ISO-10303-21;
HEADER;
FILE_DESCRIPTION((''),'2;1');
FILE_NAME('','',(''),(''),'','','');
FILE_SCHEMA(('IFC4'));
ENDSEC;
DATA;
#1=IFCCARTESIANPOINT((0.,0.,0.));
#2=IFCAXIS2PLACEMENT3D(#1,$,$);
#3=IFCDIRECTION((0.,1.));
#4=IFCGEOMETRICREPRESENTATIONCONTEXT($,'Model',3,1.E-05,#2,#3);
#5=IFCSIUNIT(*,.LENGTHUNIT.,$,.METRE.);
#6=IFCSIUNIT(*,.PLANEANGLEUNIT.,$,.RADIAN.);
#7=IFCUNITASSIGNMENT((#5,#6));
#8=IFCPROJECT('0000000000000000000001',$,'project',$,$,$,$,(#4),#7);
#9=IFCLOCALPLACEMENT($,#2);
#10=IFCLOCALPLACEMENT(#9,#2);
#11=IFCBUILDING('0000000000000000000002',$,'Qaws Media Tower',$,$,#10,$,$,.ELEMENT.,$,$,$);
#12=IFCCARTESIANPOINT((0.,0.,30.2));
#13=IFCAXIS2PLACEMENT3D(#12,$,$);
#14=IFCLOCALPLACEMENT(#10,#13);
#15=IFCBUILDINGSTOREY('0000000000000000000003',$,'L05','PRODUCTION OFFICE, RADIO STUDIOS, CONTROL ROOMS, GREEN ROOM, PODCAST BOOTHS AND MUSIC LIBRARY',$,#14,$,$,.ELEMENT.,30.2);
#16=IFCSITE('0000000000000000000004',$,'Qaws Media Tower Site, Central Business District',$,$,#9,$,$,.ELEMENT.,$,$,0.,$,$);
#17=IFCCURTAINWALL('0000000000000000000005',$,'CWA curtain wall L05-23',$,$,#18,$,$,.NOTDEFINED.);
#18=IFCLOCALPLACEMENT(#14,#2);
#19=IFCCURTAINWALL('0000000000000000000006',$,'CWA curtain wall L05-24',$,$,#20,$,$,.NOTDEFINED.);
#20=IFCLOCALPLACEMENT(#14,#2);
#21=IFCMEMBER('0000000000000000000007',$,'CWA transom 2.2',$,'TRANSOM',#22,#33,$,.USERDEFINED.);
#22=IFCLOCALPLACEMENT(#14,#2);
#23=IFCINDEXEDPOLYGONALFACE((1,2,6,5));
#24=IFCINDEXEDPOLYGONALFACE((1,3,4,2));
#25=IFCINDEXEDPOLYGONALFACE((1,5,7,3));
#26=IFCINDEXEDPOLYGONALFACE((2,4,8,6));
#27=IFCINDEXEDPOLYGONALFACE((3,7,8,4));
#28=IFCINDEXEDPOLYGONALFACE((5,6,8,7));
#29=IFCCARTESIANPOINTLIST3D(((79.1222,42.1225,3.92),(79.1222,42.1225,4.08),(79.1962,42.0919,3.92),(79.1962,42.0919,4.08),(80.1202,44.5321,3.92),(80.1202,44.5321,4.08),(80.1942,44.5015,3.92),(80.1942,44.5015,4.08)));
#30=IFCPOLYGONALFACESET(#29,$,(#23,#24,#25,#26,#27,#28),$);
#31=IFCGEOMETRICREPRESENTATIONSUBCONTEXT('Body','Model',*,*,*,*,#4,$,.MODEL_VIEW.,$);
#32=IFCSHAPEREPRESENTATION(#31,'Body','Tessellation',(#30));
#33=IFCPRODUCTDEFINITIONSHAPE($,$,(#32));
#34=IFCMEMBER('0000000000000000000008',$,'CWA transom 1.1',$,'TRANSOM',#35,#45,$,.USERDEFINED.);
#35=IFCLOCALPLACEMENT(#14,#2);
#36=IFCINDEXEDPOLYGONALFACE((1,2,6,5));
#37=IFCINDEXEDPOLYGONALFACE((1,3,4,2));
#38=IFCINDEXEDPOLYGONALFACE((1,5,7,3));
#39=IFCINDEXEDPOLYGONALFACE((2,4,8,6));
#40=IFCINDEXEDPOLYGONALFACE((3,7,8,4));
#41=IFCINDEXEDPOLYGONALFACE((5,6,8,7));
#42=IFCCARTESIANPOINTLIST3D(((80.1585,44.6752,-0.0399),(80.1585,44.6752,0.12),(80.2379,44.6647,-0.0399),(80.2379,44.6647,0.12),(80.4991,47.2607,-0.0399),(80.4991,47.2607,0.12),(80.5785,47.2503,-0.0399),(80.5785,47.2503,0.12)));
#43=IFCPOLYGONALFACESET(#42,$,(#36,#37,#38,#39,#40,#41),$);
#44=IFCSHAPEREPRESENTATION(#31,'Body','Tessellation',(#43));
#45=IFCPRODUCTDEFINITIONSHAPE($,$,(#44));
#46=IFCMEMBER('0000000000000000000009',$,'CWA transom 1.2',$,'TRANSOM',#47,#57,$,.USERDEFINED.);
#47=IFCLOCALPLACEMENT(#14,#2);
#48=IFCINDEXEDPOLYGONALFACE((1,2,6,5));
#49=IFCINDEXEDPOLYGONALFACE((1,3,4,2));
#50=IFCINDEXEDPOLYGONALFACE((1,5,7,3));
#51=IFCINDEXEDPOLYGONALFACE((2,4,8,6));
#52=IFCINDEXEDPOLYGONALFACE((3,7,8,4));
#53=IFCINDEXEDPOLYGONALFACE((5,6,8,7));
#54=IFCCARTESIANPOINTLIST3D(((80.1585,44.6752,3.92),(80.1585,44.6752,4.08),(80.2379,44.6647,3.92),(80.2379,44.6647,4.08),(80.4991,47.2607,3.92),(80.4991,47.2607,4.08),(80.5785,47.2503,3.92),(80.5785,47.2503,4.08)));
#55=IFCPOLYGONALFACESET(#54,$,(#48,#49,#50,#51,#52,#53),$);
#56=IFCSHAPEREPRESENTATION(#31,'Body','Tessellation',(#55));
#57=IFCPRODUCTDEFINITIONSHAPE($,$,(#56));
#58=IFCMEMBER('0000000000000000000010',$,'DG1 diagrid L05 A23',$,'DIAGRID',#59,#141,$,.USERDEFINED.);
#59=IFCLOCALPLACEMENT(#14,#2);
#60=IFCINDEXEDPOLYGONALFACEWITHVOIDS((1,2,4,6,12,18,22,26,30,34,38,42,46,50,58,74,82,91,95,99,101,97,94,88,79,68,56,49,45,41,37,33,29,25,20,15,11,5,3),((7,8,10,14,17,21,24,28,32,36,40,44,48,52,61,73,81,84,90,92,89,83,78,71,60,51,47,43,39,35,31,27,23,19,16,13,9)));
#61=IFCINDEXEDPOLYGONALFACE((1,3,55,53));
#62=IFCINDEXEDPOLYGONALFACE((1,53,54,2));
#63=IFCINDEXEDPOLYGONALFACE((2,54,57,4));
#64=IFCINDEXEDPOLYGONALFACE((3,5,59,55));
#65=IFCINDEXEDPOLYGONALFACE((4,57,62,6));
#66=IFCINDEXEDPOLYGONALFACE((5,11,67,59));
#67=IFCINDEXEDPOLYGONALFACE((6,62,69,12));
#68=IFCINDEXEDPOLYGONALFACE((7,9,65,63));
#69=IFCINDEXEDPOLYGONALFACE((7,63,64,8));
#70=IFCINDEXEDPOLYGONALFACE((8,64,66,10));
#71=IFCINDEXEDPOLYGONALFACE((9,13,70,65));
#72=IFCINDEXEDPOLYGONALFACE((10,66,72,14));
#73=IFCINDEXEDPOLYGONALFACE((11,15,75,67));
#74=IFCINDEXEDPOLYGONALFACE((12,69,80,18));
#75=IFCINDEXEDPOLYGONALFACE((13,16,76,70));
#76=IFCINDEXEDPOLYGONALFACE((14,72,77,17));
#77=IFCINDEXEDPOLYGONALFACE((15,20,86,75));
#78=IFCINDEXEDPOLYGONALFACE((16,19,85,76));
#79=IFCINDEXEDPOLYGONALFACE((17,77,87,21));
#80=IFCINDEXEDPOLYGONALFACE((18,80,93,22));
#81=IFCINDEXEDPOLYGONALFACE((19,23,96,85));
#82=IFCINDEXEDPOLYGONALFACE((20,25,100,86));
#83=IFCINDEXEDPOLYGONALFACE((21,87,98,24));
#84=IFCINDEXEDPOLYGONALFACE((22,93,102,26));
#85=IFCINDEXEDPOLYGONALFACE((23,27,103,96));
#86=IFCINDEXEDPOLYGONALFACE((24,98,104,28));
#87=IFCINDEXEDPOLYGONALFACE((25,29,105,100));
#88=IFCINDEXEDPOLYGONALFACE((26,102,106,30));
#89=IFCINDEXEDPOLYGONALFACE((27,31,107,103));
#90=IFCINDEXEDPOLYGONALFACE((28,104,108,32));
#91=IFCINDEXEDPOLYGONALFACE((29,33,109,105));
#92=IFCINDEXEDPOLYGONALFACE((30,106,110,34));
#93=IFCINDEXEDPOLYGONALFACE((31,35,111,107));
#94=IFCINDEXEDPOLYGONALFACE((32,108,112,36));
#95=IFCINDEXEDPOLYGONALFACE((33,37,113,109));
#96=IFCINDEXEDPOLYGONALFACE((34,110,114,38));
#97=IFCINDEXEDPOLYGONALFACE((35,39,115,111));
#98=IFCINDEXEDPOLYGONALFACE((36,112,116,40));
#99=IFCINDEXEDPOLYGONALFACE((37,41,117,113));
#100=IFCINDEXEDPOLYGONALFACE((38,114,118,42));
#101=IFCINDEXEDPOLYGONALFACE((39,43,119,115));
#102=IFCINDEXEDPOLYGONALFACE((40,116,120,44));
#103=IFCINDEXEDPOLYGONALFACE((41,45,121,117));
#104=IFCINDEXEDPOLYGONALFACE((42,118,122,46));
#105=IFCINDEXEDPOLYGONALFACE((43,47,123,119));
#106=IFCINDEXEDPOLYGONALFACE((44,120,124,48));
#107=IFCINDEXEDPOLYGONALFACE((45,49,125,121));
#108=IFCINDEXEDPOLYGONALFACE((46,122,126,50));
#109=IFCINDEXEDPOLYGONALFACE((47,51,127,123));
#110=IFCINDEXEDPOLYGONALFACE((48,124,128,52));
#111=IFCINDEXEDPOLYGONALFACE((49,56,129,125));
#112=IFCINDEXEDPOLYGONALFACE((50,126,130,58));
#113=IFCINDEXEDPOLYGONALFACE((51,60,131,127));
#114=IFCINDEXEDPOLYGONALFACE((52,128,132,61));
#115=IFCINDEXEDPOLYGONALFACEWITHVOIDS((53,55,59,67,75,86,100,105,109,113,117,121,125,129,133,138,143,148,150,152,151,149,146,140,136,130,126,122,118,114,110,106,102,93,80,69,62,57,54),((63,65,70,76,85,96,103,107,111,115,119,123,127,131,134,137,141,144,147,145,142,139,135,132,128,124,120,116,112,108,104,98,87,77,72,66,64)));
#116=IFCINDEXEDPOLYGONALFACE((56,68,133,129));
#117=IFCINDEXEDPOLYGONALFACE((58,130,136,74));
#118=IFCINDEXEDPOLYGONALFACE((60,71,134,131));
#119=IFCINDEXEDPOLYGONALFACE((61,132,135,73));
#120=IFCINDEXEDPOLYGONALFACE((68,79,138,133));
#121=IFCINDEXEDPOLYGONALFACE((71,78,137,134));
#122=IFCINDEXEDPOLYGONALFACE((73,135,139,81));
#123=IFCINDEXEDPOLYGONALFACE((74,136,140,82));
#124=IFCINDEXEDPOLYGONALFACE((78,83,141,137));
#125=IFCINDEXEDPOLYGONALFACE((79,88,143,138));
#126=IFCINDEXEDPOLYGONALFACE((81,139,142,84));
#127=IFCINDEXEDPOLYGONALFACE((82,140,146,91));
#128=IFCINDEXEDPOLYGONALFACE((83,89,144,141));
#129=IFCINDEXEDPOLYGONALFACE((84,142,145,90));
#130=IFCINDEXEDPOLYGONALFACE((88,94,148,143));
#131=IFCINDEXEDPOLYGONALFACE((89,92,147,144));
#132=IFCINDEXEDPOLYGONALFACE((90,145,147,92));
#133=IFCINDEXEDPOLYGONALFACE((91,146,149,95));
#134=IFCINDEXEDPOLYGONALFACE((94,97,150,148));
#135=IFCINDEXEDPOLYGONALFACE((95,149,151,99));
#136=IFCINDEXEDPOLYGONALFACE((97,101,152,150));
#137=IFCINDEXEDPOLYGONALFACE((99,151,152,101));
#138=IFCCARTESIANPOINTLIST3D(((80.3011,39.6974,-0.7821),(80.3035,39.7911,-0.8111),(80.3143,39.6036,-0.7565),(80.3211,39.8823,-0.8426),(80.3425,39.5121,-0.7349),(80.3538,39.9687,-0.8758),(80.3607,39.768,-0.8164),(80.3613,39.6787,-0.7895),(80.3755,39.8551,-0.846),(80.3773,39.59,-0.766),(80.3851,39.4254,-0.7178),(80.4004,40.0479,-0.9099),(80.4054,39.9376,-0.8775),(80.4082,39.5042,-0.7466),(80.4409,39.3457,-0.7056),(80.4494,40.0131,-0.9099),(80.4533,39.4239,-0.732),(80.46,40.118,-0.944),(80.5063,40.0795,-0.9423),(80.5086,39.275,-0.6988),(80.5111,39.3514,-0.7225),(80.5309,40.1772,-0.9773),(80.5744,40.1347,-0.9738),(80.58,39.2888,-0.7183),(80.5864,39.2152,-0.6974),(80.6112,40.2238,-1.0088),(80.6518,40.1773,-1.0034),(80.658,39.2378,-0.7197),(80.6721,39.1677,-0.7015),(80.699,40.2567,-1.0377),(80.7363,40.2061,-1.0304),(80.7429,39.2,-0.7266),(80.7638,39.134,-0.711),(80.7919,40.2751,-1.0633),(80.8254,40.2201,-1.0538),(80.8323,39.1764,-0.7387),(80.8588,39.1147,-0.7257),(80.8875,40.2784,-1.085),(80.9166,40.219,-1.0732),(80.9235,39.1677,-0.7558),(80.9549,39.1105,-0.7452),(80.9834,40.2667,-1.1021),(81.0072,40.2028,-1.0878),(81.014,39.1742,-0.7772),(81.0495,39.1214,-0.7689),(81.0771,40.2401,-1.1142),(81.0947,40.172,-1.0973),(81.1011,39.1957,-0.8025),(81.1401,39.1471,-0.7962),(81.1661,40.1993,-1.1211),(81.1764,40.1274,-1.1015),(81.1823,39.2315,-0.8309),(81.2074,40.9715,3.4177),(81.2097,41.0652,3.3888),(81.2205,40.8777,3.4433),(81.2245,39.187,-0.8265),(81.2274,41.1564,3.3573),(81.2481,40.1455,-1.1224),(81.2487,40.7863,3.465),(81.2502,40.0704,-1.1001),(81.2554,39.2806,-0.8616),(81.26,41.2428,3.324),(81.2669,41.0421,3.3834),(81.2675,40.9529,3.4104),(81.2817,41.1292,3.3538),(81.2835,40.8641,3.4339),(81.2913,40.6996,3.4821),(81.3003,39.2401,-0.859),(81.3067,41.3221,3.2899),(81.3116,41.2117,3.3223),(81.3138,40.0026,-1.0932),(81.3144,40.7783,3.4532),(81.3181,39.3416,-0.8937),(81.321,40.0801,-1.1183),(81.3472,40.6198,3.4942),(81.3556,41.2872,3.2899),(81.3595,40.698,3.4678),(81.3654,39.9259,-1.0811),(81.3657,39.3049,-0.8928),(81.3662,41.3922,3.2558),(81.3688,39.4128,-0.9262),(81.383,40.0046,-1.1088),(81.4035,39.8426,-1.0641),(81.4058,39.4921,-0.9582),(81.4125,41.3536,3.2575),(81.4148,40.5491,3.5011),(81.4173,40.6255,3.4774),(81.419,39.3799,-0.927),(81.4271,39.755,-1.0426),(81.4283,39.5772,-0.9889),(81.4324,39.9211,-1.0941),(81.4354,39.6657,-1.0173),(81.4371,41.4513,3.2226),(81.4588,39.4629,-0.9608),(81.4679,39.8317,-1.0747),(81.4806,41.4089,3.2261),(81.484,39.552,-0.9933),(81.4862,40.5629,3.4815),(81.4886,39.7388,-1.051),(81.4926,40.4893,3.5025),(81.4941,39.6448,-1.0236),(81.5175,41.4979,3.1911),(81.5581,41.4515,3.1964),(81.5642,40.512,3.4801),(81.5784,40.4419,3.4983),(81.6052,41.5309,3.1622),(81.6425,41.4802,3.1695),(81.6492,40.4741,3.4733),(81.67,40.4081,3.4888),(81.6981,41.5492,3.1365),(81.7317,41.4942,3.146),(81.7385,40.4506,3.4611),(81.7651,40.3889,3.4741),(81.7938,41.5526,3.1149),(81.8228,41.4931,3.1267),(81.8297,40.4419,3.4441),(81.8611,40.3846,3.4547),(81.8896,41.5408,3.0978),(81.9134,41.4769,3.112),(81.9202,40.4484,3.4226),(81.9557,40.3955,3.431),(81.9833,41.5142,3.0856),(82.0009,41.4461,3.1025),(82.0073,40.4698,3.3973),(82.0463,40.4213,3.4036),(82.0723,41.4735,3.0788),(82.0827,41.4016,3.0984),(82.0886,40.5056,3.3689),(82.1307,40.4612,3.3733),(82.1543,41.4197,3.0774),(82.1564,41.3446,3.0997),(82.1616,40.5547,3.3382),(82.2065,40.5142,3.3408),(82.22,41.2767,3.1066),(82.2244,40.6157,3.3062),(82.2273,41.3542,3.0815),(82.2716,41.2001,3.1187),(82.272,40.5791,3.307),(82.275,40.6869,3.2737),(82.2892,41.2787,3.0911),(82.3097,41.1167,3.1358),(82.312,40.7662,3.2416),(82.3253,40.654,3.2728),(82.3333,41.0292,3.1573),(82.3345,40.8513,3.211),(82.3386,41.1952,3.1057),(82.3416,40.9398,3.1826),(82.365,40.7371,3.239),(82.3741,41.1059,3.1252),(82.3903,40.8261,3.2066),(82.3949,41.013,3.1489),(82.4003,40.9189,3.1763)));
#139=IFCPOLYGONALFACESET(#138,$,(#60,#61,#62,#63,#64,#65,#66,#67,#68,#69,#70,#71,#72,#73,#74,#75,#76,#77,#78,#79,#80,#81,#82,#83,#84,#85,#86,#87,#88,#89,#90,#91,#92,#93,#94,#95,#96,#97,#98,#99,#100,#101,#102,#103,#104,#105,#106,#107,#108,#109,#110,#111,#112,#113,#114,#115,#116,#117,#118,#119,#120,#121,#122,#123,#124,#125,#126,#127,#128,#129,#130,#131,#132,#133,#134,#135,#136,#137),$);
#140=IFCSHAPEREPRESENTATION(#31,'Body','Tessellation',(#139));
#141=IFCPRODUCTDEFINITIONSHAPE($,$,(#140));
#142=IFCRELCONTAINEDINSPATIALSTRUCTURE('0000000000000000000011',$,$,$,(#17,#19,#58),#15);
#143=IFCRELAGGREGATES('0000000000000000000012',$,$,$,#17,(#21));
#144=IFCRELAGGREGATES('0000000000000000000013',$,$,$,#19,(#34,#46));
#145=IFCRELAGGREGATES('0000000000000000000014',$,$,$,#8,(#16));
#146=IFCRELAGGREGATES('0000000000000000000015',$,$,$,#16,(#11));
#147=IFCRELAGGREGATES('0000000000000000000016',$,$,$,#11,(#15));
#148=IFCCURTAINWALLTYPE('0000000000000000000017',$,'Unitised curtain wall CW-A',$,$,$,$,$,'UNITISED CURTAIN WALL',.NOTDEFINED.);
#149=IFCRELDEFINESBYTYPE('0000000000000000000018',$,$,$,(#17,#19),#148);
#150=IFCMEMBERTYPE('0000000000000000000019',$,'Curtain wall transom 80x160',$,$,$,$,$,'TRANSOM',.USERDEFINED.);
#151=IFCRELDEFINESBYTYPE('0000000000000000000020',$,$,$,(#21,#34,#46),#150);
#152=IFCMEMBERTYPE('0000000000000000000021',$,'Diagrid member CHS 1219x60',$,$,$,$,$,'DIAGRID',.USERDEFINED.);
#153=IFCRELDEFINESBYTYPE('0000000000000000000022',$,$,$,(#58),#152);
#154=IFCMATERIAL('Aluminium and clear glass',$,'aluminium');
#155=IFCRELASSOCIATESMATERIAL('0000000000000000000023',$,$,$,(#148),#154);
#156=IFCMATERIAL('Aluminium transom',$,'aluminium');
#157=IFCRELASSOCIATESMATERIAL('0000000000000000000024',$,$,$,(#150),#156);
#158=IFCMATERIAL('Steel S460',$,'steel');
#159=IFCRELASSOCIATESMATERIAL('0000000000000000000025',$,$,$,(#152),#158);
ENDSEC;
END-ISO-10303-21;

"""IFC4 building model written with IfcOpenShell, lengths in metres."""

from ifc_helpers import new_model, si_unit, direction, frame, origin, origin_2d, place, context, subcontext, project, spatial, rectangle, hollow_circle, extrude, material, material_profile, profile_set, type_object, element, aggregate, save


model = new_model("IFC4")

# Units and contexts
model_context = context("Model", 3, precision=1e-05, world=origin(), true_north=direction((0.0, 1.0)))
body_context = subcontext(model_context, "Body", "Model", "MODEL_VIEW")
ifc_project = project(units=[si_unit("LENGTHUNIT", "METRE"), si_unit("PLANEANGLEUNIT", "RADIAN")], contexts=[model_context])

# Site, building, storey
site_placement = place(None, origin())
site = spatial("IfcSite", under=ifc_project, at=site_placement, Name="Qaws Media Tower Site, Central Business District", CompositionType="ELEMENT", RefElevation=0.0)
building_placement = place(site_placement, origin())
building = spatial("IfcBuilding", under=site, at=building_placement, Name="Qaws Media Tower", CompositionType="ELEMENT")
storey_placement = place(building_placement, frame((0.0, 0.0, 30.2)))
storey = spatial("IfcBuildingStorey", under=building, at=storey_placement, Name="L05", Description="PRODUCTION OFFICE, RADIO STUDIOS, CONTROL ROOMS, GREEN ROOM, PODCAST BOOTHS AND MUSIC LIBRARY", CompositionType="ELEMENT", Elevation=30.2)

# Curtain wall
ifc_material_1 = material(Name="Aluminium and clear glass", Category="aluminium")
curtain_wall_type = type_object("IfcCurtainWallType", Name="Unitised curtain wall CW-A", ElementType="UNITISED CURTAIN WALL", PredefinedType="NOTDEFINED", material=ifc_material_1)
curtain_wall_1_placement = place(storey_placement, origin())
curtain_wall_1 = element("IfcCurtainWall", 1, at=curtain_wall_1_placement, inside=storey, type_object=curtain_wall_type, Name="CWA curtain wall L05-23", PredefinedType="NOTDEFINED")

# Curtain wall
curtain_wall_2_placement = place(storey_placement, origin())
curtain_wall_2 = element("IfcCurtainWall", 2, at=curtain_wall_2_placement, inside=storey, type_object=curtain_wall_type, Name="CWA curtain wall L05-24", PredefinedType="NOTDEFINED")

# Members
ifc_material_2 = material(Name="Aluminium transom", Category="aluminium")
ifc_material_profile_1 = material_profile(ifc_material_2, rectangle(XDim=0.0801, YDim=0.1599, at=origin_2d()), Name="80x160")
ifc_profile_set_1 = profile_set([ifc_material_profile_1], Name="Aluminium transom")
member_type_1 = type_object("IfcMemberType", Name="Curtain wall transom 80x160", ElementType="TRANSOM", PredefinedType="USERDEFINED", material=ifc_profile_set_1)
member_1_placement = place(storey_placement, frame((79.1592, 42.1072, 4.0), z_axis=(0.38266, 0.923889, 0.0), x_axis=(-0.923889, 0.38266, 0.0)))
member_1 = element("IfcMember", 3, at=member_1_placement, type_object=member_type_1, Name="CWA transom 2.2", ObjectType="TRANSOM", PredefinedType="USERDEFINED", context=body_context, shape_type="SweptSolid", body=[
    extrude(rectangle(XDim=0.0801, YDim=0.1599, at=origin_2d()), origin(), (0.0, 0.0, 1.0), 2.6082),
])
member_2_placement = place(storey_placement, frame((80.1982, 44.6699, 0.04), z_axis=(0.130588, 0.991437, 0.0), x_axis=(-0.991437, 0.130588, 0.0)))
member_2 = element("IfcMember", 4, at=member_2_placement, type_object=member_type_1, Name="CWA transom 1.1", ObjectType="TRANSOM", PredefinedType="USERDEFINED", context=body_context, shape_type="SweptSolid", body=[
    extrude(rectangle(XDim=0.0801, YDim=0.1599, at=origin_2d()), origin(), (0.0, 0.0, 1.0), 2.6079),
])
member_3_placement = place(storey_placement, frame((80.1982, 44.6699, 4.0), z_axis=(0.130588, 0.991437, 0.0), x_axis=(-0.991437, 0.130588, 0.0)))
member_3 = element("IfcMember", 5, at=member_3_placement, type_object=member_type_1, Name="CWA transom 1.2", ObjectType="TRANSOM", PredefinedType="USERDEFINED", context=body_context, shape_type="SweptSolid", body=[
    extrude(rectangle(XDim=0.0801, YDim=0.1599, at=origin_2d()), origin(), (0.0, 0.0, 1.0), 2.6079),
])

# Member
ifc_material_3 = material(Name="Steel S460", Category="steel")
ifc_material_profile_2 = material_profile(ifc_material_3, hollow_circle(Radius=0.6096, WallThickness=0.0601, at=origin_2d()), Name="CHS 1219x60")
ifc_profile_set_2 = profile_set([ifc_material_profile_2], Name="Steel S460")
member_type_2 = type_object("IfcMemberType", Name="Diagrid member CHS 1219x60", ElementType="DIAGRID", PredefinedType="USERDEFINED", material=ifc_profile_set_2)
member_4_placement = place(storey_placement, frame((80.8972, 39.6946, -0.9099), z_axis=(0.202217, 0.284314, 0.937163), x_axis=(-0.814903, 0.579598, 0.0)))
element("IfcMember", 6, at=member_4_placement, inside=storey, type_object=member_type_2, Name="DG1 diagrid L05 A23", ObjectType="DIAGRID", PredefinedType="USERDEFINED", context=body_context, shape_type="SweptSolid", body=[
    extrude(hollow_circle(Radius=0.6096, WallThickness=0.0601, at=origin_2d()), origin(), (0.0, 0.0, 1.0), 4.4814),
])

aggregate(curtain_wall_1, [member_1])
aggregate(curtain_wall_2, [member_2, member_3])

save(model, "model.ifc")
